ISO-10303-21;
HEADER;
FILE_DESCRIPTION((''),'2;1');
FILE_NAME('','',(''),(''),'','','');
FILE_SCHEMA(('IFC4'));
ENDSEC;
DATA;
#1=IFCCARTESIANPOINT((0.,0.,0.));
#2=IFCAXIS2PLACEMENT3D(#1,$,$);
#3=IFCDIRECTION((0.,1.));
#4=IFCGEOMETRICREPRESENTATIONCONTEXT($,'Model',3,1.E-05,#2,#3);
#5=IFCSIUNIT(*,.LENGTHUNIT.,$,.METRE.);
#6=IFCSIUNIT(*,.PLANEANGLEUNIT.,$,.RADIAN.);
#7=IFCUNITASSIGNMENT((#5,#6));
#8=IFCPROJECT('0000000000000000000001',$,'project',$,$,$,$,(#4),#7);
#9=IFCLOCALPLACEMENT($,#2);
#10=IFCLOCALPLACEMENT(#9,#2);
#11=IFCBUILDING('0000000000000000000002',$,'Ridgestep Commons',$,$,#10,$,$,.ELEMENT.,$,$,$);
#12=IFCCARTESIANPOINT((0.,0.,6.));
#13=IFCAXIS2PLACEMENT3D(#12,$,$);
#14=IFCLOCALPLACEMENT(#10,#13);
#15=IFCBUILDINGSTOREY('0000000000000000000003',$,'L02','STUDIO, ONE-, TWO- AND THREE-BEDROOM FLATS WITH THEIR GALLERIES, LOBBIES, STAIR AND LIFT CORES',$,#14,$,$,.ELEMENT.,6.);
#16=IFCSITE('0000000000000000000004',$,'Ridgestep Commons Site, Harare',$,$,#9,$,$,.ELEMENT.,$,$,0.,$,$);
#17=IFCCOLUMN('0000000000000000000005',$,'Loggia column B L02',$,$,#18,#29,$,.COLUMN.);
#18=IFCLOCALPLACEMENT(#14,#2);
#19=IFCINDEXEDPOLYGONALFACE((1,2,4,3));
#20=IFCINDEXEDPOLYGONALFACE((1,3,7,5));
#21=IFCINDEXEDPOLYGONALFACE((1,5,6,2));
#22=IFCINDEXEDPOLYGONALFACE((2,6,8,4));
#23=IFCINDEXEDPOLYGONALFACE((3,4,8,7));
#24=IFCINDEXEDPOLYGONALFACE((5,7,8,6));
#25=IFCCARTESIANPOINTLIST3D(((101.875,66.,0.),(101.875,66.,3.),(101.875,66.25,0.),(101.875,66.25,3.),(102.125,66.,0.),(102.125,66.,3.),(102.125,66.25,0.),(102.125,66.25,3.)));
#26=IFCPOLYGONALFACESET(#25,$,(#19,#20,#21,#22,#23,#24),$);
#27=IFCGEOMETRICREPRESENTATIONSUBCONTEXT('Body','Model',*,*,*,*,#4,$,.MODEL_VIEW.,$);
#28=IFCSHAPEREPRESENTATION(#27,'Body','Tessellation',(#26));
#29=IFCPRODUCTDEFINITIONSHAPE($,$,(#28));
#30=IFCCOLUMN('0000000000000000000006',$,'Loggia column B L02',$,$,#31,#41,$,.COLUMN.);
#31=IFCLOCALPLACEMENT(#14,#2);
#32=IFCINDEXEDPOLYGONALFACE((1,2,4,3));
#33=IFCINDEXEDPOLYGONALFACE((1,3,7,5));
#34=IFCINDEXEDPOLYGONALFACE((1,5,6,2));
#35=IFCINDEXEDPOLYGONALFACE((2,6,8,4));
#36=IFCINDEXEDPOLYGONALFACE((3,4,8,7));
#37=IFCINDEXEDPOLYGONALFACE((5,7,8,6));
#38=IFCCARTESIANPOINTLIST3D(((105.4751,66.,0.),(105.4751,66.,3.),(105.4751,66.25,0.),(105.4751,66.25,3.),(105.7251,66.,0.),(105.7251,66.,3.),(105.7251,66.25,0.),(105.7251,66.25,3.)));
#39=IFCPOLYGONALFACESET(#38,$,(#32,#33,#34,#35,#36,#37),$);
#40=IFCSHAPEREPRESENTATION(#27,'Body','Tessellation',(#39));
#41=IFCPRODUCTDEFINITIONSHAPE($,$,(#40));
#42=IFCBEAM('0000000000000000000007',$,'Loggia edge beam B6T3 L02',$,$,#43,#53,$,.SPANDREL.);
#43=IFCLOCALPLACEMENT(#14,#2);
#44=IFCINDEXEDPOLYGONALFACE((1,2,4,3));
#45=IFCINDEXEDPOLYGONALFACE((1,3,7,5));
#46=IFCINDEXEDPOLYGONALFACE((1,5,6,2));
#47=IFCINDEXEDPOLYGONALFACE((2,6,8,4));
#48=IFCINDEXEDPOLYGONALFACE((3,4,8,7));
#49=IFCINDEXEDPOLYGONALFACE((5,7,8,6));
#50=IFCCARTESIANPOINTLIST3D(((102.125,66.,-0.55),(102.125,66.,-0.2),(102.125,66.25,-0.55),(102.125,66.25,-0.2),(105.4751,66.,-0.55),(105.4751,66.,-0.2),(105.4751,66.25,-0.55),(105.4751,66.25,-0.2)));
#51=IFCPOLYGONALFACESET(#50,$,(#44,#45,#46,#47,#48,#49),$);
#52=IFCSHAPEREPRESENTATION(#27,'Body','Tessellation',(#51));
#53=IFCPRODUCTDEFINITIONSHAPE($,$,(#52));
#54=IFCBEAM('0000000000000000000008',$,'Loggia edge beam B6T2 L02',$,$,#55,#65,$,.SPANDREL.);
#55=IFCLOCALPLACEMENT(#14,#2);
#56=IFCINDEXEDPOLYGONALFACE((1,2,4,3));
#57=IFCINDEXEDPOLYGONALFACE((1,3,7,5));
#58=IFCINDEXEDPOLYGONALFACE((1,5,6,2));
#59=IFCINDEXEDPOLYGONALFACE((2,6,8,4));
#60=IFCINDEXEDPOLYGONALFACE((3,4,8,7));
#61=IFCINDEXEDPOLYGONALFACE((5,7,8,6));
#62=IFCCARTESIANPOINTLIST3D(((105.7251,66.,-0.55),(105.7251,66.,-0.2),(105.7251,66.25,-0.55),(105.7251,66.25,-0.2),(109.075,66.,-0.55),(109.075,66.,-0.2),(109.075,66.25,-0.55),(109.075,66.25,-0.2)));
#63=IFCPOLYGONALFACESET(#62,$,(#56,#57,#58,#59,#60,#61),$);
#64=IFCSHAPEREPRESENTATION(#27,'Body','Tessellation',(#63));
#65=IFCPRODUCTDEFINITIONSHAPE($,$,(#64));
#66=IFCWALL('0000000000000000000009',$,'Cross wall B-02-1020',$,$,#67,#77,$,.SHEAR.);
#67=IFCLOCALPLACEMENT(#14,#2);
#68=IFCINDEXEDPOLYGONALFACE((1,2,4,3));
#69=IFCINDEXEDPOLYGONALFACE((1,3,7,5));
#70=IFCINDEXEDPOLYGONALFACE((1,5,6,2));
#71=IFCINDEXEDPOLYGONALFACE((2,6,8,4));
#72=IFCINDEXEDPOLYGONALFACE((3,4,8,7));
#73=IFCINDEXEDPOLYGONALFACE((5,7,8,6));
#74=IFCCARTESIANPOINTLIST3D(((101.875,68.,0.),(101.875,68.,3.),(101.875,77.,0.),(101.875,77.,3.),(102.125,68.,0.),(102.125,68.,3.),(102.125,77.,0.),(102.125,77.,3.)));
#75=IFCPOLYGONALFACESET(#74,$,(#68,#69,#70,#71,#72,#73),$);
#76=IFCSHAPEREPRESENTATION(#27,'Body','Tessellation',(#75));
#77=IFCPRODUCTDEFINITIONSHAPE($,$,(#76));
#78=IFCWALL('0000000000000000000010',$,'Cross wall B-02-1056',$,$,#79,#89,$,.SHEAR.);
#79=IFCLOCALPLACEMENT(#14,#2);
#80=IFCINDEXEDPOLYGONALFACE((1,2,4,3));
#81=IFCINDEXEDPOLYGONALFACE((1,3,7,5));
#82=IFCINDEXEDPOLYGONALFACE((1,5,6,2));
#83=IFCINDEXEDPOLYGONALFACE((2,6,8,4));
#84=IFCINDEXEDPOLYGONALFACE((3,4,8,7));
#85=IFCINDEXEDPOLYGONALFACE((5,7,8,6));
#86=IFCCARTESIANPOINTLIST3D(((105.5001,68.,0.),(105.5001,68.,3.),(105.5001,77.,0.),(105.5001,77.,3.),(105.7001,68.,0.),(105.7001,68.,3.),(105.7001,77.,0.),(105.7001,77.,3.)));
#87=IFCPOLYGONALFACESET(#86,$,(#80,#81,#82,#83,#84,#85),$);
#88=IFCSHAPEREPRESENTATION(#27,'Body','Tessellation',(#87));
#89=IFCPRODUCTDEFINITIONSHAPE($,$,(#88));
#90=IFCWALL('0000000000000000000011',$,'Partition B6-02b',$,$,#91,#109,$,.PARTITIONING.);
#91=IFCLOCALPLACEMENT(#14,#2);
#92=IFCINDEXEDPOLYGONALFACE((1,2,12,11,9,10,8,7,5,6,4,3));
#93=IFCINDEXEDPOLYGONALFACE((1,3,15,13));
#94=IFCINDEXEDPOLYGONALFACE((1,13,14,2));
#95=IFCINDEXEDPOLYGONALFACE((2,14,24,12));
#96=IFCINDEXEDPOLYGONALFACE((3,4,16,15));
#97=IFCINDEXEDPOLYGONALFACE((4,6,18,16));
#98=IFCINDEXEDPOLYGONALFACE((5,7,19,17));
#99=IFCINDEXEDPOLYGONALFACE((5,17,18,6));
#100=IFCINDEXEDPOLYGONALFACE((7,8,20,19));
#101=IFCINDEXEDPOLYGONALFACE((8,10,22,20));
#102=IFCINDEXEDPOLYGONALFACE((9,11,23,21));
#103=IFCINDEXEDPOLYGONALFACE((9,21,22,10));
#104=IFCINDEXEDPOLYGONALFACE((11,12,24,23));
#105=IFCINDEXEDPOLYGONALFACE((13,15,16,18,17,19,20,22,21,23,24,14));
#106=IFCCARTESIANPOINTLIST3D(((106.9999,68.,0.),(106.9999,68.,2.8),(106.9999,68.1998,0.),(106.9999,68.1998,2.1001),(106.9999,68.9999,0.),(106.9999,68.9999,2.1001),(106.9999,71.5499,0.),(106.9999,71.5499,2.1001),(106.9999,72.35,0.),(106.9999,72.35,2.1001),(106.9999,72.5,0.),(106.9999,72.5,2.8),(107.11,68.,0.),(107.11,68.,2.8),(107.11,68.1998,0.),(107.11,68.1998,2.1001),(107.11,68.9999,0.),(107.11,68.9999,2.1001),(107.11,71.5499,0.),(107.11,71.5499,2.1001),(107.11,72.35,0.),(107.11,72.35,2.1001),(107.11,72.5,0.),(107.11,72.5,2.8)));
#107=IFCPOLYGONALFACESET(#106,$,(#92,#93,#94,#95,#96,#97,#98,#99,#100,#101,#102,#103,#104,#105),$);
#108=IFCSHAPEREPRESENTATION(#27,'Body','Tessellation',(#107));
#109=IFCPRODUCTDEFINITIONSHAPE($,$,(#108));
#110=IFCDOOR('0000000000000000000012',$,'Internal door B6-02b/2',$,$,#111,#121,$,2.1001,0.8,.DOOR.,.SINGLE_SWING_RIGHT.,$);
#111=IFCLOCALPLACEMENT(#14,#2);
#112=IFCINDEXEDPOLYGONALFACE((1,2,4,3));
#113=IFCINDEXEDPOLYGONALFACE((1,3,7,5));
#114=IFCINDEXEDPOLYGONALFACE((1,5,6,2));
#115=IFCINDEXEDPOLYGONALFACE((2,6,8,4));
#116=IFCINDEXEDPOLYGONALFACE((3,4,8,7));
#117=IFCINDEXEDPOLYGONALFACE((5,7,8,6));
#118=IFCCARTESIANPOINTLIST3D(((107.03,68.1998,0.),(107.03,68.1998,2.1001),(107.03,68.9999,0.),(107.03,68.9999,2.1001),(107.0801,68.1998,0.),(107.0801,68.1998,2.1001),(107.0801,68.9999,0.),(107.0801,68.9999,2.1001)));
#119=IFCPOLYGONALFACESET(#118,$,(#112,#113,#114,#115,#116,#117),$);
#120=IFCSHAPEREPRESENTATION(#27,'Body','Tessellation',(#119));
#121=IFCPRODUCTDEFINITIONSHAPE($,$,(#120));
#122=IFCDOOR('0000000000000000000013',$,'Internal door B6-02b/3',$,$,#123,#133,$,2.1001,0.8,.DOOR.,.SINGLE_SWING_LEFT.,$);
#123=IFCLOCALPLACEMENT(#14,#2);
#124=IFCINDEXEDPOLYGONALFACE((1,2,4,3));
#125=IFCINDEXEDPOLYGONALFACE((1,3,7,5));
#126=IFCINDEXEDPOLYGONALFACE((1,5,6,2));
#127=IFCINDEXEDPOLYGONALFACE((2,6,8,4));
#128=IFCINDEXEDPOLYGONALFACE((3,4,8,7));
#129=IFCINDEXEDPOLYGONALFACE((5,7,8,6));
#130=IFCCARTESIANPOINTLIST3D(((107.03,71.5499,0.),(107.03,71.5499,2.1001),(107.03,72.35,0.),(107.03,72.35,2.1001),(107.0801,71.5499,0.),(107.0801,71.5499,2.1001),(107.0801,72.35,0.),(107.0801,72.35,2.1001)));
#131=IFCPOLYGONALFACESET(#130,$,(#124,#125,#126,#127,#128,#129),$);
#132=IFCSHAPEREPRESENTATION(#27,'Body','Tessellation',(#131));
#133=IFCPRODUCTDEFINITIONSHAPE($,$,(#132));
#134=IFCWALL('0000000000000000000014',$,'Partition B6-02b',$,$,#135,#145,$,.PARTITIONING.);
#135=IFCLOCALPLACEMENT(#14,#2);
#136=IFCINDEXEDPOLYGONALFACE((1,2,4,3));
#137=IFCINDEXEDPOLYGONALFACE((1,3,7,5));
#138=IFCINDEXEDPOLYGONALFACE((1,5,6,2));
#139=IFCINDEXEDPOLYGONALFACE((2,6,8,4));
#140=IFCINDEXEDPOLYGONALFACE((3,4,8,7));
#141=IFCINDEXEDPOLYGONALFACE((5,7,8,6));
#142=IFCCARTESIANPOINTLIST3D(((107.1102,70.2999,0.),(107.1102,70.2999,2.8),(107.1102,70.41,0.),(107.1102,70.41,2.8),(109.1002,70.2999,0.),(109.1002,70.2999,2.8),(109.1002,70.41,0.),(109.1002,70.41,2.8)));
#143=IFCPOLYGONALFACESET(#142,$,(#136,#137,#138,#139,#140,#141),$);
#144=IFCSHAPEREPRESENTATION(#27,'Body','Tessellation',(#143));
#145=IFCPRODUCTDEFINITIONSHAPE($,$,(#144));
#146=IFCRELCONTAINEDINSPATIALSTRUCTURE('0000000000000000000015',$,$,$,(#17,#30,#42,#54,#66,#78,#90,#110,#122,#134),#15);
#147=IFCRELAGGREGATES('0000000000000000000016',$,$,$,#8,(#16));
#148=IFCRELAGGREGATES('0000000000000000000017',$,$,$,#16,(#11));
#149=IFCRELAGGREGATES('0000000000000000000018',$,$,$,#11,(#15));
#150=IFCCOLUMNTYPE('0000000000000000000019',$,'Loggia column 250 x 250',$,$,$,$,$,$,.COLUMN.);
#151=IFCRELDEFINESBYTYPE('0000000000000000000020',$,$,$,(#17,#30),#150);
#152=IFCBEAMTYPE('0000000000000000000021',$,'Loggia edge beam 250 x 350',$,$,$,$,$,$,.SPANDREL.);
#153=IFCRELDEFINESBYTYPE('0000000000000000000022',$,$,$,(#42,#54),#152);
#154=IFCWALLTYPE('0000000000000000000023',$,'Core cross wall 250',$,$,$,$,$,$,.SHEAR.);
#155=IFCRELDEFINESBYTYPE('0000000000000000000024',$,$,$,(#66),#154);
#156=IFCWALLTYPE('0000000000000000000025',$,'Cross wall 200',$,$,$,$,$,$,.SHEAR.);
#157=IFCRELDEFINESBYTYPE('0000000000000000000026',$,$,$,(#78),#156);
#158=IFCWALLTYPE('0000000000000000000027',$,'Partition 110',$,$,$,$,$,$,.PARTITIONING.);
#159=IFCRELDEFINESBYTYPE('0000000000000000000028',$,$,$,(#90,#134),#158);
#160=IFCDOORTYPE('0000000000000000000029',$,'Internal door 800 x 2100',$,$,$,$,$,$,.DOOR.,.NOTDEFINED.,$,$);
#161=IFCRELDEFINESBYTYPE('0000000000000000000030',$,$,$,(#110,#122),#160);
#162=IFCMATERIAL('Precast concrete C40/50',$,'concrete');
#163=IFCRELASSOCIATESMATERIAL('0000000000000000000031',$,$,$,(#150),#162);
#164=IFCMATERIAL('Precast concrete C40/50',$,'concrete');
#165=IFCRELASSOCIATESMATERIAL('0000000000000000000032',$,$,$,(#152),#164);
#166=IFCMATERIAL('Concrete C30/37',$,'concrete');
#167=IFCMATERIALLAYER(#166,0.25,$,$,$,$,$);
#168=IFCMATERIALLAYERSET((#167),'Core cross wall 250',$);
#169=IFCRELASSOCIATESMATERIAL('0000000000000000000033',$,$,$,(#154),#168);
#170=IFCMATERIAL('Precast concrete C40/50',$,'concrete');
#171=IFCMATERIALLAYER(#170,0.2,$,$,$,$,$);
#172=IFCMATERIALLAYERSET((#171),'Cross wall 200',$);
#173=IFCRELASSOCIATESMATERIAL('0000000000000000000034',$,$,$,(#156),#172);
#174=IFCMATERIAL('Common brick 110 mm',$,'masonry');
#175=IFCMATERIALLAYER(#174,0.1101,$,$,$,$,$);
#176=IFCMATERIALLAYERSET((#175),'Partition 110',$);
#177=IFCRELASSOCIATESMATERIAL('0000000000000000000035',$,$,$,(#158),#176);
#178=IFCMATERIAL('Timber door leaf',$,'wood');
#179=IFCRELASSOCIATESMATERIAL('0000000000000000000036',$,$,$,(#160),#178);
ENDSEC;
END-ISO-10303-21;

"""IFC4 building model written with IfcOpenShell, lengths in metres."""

from ifc_helpers import new_model, si_unit, direction, frame, frame_2d, origin, origin_2d, place, context, subcontext, project, spatial, rectangle, extrude, material, layer, layer_set, material_profile, profile_set, type_object, element, fill, save


model = new_model("IFC4")

# Units and contexts
model_context = context("Model", 3, precision=1e-05, world=origin(), true_north=direction((0.0, 1.0)))
body_context = subcontext(model_context, "Body", "Model", "MODEL_VIEW")
ifc_project = project(units=[si_unit("LENGTHUNIT", "METRE"), si_unit("PLANEANGLEUNIT", "RADIAN")], contexts=[model_context])

# Site, building, storey
site_placement = place(None, origin())
site = spatial("IfcSite", under=ifc_project, at=site_placement, Name="Ridgestep Commons Site, Harare", CompositionType="ELEMENT", RefElevation=0.0)
building_placement = place(site_placement, origin())
building = spatial("IfcBuilding", under=site, at=building_placement, Name="Ridgestep Commons", CompositionType="ELEMENT")
storey_placement = place(building_placement, frame((0.0, 0.0, 6.0)))
storey = spatial("IfcBuildingStorey", under=building, at=storey_placement, Name="L02", Description="STUDIO, ONE-, TWO- AND THREE-BEDROOM FLATS WITH THEIR GALLERIES, LOBBIES, STAIR AND LIFT CORES", CompositionType="ELEMENT", Elevation=6.0)

# Columns
ifc_material_1 = material(Name="Precast concrete C40/50", Category="concrete")
ifc_material_profile_1 = material_profile(ifc_material_1, rectangle(XDim=0.25, YDim=0.25, at=origin_2d()), Name="PC 250x250")
ifc_profile_set_1 = profile_set([ifc_material_profile_1], Name="Precast concrete C40/50")
column_type = type_object("IfcColumnType", Name="Loggia column 250 x 250", PredefinedType="COLUMN", material=ifc_profile_set_1)
for number, where, z_axis, x_axis, name in (
    (1, (102.0, 66.125, 0.0), (0.0, 0.0, 1.0), (1.0, 0.0, 0.0), "Loggia column B L02"),
    (2, (105.6001, 66.125, 0.0), (0.0, 0.0, 1.0), (1.0, 0.0, 0.0), "Loggia column B L02"),
):
    element("IfcColumn", number, at=place(storey_placement, frame(where, z_axis=z_axis, x_axis=x_axis)), inside=storey, type_object=column_type, Name=name, PredefinedType="COLUMN", context=body_context, shape_type="SweptSolid", body=[
        extrude(rectangle(XDim=0.25, YDim=0.25, at=origin_2d()), origin(), (0.0, 0.0, 1.0), 3.0),
    ])

# Beams
ifc_material_2 = material(Name="Precast concrete C40/50", Category="concrete")
ifc_material_profile_2 = material_profile(ifc_material_2, rectangle(XDim=0.25, YDim=0.3501, at=origin_2d()), Name="PC 250x350")
ifc_profile_set_2 = profile_set([ifc_material_profile_2], Name="Precast concrete C40/50")
beam_type = type_object("IfcBeamType", Name="Loggia edge beam 250 x 350", PredefinedType="SPANDREL", material=ifc_profile_set_2)
beam_1_placement = place(storey_placement, frame((102.125, 66.125, -0.375), z_axis=(1.0, 0.0, 0.0), x_axis=(0.0, 1.0, 0.0)))
element("IfcBeam", 3, at=beam_1_placement, inside=storey, type_object=beam_type, Name="Loggia edge beam B6T3 L02", PredefinedType="SPANDREL", context=body_context, shape_type="SweptSolid", body=[
    extrude(rectangle(XDim=0.25, YDim=0.3501, at=origin_2d()), origin(), (0.0, 0.0, 1.0), 3.3501),
])
beam_2_placement = place(storey_placement, frame((105.7251, 66.125, -0.375), z_axis=(1.0, 0.0, 0.0), x_axis=(0.0, 1.0, 0.0)))
element("IfcBeam", 4, at=beam_2_placement, inside=storey, type_object=beam_type, Name="Loggia edge beam B6T2 L02", PredefinedType="SPANDREL", context=body_context, shape_type="SweptSolid", body=[
    extrude(rectangle(XDim=0.25, YDim=0.3501, at=origin_2d()), origin(), (0.0, 0.0, 1.0), 3.3499),
])

# Walls
ifc_material_3 = material(Name="Concrete C30/37", Category="concrete")
ifc_layer_1 = layer(ifc_material_3, 0.25)
ifc_layer_set_1 = layer_set([ifc_layer_1], Name="Core cross wall 250")
wall_type_1 = type_object("IfcWallType", Name="Core cross wall 250", PredefinedType="SHEAR", material=ifc_layer_set_1)
wall_1_placement = place(storey_placement, frame((102.0, 68.0, 0.0), z_axis=(0.0, 0.0, 1.0), x_axis=(0.0, 1.0, 0.0)))
element("IfcWall", 5, at=wall_1_placement, inside=storey, type_object=wall_type_1, Name="Cross wall B-02-1020", PredefinedType="SHEAR", context=body_context, shape_type="SweptSolid", body=[
    extrude(rectangle(XDim=9.0, YDim=0.25, at=frame_2d((4.5, 0.0))), origin(), (0.0, 0.0, 1.0), 3.0),
])
ifc_material_4 = material(Name="Precast concrete C40/50", Category="concrete")
ifc_layer_2 = layer(ifc_material_4, 0.2)
ifc_layer_set_2 = layer_set([ifc_layer_2], Name="Cross wall 200")
wall_type_2 = type_object("IfcWallType", Name="Cross wall 200", PredefinedType="SHEAR", material=ifc_layer_set_2)
wall_2_placement = place(storey_placement, frame((105.6001, 68.0, 0.0), z_axis=(0.0, 0.0, 1.0), x_axis=(0.0, 1.0, 0.0)))
element("IfcWall", 6, at=wall_2_placement, inside=storey, type_object=wall_type_2, Name="Cross wall B-02-1056", PredefinedType="SHEAR", context=body_context, shape_type="SweptSolid", body=[
    extrude(rectangle(XDim=9.0, YDim=0.2, at=frame_2d((4.5, 0.0))), origin(), (0.0, 0.0, 1.0), 3.0),
])

# Wall, openings, doors
ifc_material_5 = material(Name="Common brick 110 mm", Category="masonry")
ifc_layer_3 = layer(ifc_material_5, 0.1101)
ifc_layer_set_3 = layer_set([ifc_layer_3], Name="Partition 110")
wall_type_3 = type_object("IfcWallType", Name="Partition 110", PredefinedType="PARTITIONING", material=ifc_layer_set_3)
wall_3_placement = place(storey_placement, frame((107.0549, 68.0, 0.0), z_axis=(0.0, 0.0, 1.0), x_axis=(0.0, 1.0, 0.0)))
wall_3 = element("IfcWall", 7, at=wall_3_placement, inside=storey, type_object=wall_type_3, Name="Partition B6-02b", PredefinedType="PARTITIONING", context=body_context, shape_type="SweptSolid", body=[
    extrude(rectangle(XDim=4.5, YDim=0.1101, at=frame_2d((2.25, 0.0))), origin(), (0.0, 0.0, 1.0), 2.8),
])
opening_1_placement = place(wall_3_placement, frame((0.2, 0.0, 0.0)))
opening_1 = element("IfcOpeningElement", 8, at=opening_1_placement, cuts=wall_3, PredefinedType="OPENING", context=body_context, shape_type="SweptSolid", body=[
    extrude(rectangle(XDim=0.8, YDim=2.1001, at=frame_2d((0.3999, 1.05))), frame((0.0, 0.0649, 0.0), z_axis=(0.0, -1.0, 0.0), x_axis=(1.0, 0.0, 0.0)), (0.0, 0.0, 1.0), 0.1301),
])
opening_2_placement = place(wall_3_placement, frame((3.55, 0.0, 0.0)))
opening_2 = element("IfcOpeningElement", 9, at=opening_2_placement, cuts=wall_3, PredefinedType="OPENING", context=body_context, shape_type="SweptSolid", body=[
    extrude(rectangle(XDim=0.8, YDim=2.1001, at=frame_2d((0.3999, 1.05))), frame((0.0, 0.0649, 0.0), z_axis=(0.0, -1.0, 0.0), x_axis=(1.0, 0.0, 0.0)), (0.0, 0.0, 1.0), 0.1301),
])
ifc_material_6 = material(Name="Timber door leaf", Category="wood")
door_type_1 = type_object("IfcDoorType", Name="Internal door 800 x 2100", OperationType="NOTDEFINED", PredefinedType="DOOR", material=ifc_material_6)
door_1_placement = place(opening_1_placement, origin())
door_1 = element("IfcDoor", 10, at=door_1_placement, inside=storey, type_object=door_type_1, Name="Internal door B6-02b/2", OperationType="SINGLE_SWING_RIGHT", OverallHeight=2.1001, OverallWidth=0.8, PredefinedType="DOOR", context=body_context, shape_type="SweptSolid", body=[
    extrude(rectangle(XDim=0.8, YDim=2.1001, at=frame_2d((0.3999, 1.05))), frame((0.0, 0.0249, 0.0), z_axis=(0.0, -1.0, 0.0), x_axis=(1.0, 0.0, 0.0)), (0.0, 0.0, 1.0), 0.05),
])
fill(opening_1, door_1)
door_2_placement = place(opening_2_placement, origin())
door_2 = element("IfcDoor", 11, at=door_2_placement, inside=storey, type_object=door_type_1, Name="Internal door B6-02b/3", OperationType="SINGLE_SWING_LEFT", OverallHeight=2.1001, OverallWidth=0.8, PredefinedType="DOOR", context=body_context, shape_type="SweptSolid", body=[
    extrude(rectangle(XDim=0.8, YDim=2.1001, at=frame_2d((0.3999, 1.05))), frame((0.0, 0.0249, 0.0), z_axis=(0.0, -1.0, 0.0), x_axis=(1.0, 0.0, 0.0)), (0.0, 0.0, 1.0), 0.05),
])
fill(opening_2, door_2)

# Wall
wall_4_placement = place(storey_placement, frame((107.1101, 70.355, 0.0), z_axis=(0.0, 0.0, 1.0), x_axis=(1.0, 0.0, 0.0)))
element("IfcWall", 12, at=wall_4_placement, inside=storey, type_object=wall_type_3, Name="Partition B6-02b", PredefinedType="PARTITIONING", context=body_context, shape_type="SweptSolid", body=[
    extrude(rectangle(XDim=1.99, YDim=0.1101, at=frame_2d((0.9951, 0.0))), origin(), (0.0, 0.0, 1.0), 2.8),
])

save(model, "model.ifc")
